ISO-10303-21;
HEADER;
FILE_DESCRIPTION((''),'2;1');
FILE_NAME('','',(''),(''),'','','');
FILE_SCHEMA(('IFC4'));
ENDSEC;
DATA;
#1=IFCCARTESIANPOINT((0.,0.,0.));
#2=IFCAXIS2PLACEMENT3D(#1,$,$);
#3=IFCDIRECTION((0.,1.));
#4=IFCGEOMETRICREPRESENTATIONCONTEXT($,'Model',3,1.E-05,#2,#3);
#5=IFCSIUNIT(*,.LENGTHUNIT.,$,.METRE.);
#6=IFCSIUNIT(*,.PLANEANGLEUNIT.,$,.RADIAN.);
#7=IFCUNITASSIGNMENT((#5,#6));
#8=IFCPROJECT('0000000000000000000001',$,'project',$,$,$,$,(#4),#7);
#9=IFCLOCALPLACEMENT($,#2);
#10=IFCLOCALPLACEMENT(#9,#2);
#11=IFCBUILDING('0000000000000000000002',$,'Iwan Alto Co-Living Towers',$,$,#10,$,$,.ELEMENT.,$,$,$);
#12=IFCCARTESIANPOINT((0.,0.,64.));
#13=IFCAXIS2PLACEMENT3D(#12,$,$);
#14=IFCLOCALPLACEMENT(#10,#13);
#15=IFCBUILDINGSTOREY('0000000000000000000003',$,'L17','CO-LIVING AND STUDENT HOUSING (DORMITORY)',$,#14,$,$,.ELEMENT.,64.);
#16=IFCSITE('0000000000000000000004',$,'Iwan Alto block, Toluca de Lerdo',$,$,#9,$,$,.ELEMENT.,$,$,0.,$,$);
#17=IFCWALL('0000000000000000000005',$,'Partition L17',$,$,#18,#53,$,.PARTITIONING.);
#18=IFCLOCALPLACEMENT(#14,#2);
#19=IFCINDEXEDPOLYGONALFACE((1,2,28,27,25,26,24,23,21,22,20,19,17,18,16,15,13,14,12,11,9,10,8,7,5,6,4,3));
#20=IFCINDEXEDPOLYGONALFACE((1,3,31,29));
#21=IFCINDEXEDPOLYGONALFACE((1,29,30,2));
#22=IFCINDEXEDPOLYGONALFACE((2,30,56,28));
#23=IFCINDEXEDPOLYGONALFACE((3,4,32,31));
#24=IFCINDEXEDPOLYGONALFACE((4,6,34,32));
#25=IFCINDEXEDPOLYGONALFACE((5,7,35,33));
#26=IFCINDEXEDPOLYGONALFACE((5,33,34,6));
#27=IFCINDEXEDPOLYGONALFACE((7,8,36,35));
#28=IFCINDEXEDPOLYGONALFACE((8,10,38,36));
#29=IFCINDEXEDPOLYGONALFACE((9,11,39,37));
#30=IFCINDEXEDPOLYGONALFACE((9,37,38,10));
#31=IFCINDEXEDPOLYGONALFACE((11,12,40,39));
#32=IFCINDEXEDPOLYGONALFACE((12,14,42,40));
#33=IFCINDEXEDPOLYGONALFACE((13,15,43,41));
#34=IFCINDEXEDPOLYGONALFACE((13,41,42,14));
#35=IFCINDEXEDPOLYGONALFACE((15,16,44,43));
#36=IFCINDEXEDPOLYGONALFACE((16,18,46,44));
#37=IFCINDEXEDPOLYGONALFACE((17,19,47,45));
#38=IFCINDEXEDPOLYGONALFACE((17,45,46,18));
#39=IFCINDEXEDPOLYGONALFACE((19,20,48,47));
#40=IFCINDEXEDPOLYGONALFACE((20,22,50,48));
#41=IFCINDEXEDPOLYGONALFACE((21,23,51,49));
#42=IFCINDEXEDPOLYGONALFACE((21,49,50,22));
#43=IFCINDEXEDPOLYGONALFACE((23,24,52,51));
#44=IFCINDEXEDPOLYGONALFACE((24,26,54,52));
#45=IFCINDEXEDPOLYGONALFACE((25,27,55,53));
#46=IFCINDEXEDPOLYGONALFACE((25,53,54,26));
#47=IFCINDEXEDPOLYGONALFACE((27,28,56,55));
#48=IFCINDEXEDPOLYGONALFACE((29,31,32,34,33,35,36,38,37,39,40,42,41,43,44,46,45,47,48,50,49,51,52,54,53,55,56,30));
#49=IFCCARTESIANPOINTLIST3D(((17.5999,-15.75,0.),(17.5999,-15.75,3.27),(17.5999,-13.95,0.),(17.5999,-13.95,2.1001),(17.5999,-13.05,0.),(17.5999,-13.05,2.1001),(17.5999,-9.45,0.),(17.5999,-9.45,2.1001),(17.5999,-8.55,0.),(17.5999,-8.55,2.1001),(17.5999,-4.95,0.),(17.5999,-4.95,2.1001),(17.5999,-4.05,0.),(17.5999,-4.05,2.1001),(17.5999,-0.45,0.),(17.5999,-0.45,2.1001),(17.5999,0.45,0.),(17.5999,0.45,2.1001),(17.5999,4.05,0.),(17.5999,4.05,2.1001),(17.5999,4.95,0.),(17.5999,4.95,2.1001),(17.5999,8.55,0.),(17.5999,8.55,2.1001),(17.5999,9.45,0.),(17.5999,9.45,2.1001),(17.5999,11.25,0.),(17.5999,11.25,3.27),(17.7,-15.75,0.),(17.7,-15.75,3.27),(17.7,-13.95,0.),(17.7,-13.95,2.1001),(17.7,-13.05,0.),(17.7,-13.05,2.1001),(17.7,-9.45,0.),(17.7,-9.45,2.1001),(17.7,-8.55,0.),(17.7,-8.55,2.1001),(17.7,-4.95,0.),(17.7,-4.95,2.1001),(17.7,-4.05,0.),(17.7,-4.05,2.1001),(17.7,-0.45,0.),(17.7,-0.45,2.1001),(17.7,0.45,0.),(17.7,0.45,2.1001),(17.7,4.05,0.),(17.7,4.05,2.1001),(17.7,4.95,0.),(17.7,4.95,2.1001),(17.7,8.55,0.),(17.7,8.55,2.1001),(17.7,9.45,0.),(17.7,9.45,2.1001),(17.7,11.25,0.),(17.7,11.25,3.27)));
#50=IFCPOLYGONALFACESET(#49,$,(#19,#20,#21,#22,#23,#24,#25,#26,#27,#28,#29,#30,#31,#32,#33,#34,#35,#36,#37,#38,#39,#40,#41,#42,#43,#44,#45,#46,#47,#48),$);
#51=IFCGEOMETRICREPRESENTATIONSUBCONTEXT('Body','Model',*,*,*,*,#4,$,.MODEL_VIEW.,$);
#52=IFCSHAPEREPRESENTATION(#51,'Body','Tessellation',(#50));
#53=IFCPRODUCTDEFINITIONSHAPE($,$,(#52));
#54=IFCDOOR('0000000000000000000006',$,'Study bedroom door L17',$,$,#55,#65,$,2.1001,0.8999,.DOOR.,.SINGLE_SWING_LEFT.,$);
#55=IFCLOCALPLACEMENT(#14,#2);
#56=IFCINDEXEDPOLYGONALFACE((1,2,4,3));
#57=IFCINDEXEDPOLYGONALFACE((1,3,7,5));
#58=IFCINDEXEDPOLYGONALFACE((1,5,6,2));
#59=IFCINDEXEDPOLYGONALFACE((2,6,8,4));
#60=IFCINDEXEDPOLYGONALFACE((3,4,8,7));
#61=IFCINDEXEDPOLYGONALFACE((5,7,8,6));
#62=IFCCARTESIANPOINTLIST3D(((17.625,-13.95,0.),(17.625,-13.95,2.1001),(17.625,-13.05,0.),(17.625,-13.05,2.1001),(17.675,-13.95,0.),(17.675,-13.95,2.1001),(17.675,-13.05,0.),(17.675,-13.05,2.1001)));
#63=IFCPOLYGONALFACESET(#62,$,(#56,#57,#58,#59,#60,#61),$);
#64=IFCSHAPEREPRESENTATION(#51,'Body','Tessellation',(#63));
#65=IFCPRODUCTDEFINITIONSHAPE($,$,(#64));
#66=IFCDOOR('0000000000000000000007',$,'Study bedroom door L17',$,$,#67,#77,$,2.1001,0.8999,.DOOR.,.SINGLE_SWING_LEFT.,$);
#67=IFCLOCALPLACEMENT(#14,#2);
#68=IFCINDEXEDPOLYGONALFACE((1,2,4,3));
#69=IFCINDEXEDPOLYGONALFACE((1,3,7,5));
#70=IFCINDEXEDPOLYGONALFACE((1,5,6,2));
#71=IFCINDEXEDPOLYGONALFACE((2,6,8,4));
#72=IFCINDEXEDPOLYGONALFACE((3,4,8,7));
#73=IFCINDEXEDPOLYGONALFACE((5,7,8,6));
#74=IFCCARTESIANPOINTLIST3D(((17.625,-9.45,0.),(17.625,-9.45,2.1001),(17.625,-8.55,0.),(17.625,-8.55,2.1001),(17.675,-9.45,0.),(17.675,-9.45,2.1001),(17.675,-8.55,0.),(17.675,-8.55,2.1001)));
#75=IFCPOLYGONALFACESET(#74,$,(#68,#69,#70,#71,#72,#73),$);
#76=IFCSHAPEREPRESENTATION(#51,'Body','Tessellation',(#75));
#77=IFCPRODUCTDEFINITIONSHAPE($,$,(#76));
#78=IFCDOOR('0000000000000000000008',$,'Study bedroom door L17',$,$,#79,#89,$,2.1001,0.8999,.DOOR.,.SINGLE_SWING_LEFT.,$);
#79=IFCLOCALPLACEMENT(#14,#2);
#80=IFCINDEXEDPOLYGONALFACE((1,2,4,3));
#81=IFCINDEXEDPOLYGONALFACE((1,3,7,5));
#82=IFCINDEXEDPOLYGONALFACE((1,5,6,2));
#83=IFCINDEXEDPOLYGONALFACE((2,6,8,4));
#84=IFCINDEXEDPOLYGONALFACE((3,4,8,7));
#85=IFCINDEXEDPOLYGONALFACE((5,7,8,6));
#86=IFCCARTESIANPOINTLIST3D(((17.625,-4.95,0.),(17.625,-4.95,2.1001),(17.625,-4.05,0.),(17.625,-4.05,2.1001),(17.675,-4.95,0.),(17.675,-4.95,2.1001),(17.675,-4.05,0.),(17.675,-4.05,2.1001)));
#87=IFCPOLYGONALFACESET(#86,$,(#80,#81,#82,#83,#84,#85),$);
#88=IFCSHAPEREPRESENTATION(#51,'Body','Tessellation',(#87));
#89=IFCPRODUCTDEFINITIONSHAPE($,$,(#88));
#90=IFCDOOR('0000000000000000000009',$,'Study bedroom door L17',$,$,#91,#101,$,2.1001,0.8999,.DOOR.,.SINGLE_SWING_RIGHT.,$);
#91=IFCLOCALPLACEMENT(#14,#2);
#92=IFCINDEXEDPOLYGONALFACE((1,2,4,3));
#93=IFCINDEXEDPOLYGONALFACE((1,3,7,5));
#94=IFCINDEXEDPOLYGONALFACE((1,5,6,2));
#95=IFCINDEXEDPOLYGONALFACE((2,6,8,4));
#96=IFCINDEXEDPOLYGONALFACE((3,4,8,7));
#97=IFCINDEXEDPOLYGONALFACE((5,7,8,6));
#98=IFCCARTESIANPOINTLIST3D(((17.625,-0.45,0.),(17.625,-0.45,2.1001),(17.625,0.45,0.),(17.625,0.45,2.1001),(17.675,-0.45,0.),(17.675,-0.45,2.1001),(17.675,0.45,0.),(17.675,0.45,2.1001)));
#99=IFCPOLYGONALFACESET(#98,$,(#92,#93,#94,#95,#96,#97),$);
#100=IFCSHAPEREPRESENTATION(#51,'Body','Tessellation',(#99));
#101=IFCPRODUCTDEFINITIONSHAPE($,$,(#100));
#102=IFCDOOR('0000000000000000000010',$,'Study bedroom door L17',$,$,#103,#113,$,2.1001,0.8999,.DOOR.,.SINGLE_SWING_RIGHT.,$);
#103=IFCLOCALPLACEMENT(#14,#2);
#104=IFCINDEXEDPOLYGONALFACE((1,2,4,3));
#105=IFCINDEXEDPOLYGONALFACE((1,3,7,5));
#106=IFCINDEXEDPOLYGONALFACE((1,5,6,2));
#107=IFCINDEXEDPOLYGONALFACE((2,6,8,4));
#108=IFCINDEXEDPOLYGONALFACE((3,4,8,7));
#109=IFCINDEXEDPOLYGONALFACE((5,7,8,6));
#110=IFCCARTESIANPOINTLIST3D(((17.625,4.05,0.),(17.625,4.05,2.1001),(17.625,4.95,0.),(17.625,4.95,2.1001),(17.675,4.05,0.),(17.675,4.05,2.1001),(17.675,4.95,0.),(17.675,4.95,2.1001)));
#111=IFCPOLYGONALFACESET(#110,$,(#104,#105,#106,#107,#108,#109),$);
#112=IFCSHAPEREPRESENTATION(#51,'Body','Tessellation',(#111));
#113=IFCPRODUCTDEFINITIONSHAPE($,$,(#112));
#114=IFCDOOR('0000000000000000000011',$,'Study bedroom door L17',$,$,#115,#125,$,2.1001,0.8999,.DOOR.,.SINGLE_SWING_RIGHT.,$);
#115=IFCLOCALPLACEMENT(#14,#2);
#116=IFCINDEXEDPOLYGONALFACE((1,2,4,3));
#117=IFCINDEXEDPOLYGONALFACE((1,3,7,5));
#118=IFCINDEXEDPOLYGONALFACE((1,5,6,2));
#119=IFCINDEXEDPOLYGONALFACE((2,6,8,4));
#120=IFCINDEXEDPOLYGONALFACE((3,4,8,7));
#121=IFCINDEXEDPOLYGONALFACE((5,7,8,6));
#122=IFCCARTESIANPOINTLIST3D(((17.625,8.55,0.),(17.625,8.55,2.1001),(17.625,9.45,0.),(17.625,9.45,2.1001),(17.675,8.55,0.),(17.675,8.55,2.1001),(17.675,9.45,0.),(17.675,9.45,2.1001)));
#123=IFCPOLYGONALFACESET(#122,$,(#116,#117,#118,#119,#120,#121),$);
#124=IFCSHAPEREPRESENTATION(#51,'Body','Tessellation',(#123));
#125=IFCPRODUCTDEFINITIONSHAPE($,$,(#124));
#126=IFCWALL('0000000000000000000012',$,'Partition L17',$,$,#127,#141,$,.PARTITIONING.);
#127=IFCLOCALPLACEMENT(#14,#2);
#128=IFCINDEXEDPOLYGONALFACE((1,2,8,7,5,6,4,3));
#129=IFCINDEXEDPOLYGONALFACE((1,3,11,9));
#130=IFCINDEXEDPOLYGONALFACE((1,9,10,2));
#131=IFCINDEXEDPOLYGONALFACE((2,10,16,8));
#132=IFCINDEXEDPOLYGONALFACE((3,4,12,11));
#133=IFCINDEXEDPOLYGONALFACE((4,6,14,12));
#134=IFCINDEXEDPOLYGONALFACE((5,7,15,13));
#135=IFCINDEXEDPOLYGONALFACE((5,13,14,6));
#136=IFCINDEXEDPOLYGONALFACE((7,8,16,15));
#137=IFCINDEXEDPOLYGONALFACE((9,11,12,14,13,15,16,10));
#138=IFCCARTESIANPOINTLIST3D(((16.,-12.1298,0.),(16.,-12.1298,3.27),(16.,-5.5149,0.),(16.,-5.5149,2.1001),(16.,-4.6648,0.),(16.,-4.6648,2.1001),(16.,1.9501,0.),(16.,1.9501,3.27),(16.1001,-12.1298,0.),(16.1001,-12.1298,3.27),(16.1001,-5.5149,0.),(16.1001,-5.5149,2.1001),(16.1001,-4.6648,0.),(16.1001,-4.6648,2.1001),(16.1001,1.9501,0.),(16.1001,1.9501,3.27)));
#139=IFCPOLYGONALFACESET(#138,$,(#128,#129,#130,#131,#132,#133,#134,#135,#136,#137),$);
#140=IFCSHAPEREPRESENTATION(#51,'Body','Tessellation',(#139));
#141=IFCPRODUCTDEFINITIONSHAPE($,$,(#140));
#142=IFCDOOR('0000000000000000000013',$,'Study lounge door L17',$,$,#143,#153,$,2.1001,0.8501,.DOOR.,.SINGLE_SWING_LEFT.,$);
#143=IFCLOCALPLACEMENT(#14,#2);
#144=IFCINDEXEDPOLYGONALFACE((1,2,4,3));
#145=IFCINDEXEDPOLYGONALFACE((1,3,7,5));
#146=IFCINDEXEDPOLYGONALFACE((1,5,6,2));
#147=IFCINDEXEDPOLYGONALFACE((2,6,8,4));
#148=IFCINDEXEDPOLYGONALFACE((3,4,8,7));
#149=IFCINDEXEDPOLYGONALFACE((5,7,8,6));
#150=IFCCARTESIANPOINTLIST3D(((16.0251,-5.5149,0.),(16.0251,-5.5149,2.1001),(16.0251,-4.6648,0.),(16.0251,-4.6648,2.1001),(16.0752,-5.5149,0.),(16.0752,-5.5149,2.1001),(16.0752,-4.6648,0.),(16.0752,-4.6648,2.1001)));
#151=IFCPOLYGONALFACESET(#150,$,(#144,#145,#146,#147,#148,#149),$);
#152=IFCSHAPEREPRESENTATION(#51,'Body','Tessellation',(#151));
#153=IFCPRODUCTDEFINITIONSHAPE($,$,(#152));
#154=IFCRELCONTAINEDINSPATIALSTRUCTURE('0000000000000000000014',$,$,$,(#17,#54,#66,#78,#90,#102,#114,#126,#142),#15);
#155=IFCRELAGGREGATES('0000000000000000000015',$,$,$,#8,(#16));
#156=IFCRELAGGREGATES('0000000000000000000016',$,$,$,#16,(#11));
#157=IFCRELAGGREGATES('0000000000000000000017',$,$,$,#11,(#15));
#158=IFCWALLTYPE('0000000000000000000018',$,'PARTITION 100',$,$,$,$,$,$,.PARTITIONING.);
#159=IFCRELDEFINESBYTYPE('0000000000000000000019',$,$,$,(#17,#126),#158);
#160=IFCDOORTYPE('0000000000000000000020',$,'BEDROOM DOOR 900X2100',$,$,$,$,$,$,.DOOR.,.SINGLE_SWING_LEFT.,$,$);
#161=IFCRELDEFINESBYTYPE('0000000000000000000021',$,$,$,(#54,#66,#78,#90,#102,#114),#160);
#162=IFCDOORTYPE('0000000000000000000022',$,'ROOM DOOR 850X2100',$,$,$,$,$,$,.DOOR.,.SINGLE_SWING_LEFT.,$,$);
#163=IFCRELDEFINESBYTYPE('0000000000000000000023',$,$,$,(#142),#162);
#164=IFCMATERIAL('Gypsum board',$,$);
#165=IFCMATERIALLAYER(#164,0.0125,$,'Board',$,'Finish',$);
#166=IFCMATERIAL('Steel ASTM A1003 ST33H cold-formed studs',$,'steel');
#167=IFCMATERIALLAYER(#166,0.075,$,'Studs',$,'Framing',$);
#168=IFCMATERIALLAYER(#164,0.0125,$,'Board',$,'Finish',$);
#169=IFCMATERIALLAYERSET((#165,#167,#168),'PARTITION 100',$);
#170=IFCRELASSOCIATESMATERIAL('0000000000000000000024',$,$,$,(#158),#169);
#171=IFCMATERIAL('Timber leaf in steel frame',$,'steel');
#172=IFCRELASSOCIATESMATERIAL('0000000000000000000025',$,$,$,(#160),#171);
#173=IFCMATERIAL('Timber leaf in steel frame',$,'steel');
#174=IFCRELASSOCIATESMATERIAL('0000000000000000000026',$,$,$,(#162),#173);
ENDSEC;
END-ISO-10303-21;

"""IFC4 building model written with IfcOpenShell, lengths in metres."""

from ifc_helpers import new_model, si_unit, direction, frame, frame_2d, origin, place, context, subcontext, project, spatial, rectangle, extrude, material, layer, layer_set, type_object, element, fill, save


model = new_model("IFC4")

# Units and contexts
model_context = context("Model", 3, precision=1e-05, world=origin(), true_north=direction((0.0, 1.0)))
body_context = subcontext(model_context, "Body", "Model", "MODEL_VIEW")
ifc_project = project(units=[si_unit("LENGTHUNIT", "METRE"), si_unit("PLANEANGLEUNIT", "RADIAN")], contexts=[model_context])

# Site, building, storey
site_placement = place(None, origin())
site = spatial("IfcSite", under=ifc_project, at=site_placement, Name="Iwan Alto block, Toluca de Lerdo", CompositionType="ELEMENT", RefElevation=0.0)
building_placement = place(site_placement, origin())
building = spatial("IfcBuilding", under=site, at=building_placement, Name="Iwan Alto Co-Living Towers", CompositionType="ELEMENT")
storey_placement = place(building_placement, frame((0.0, 0.0, 64.0)))
storey = spatial("IfcBuildingStorey", under=building, at=storey_placement, Name="L17", Description="CO-LIVING AND STUDENT HOUSING (DORMITORY)", CompositionType="ELEMENT", Elevation=64.0)

# Shared definitions
ifc_material_1 = material(Name="Gypsum board")
ifc_layer_1 = layer(ifc_material_1, 0.0125, Name="Board", Category="Finish")
ifc_material_2 = material(Name="Steel ASTM A1003 ST33H cold-formed studs", Category="steel")
ifc_layer_2 = layer(ifc_material_2, 0.075, Name="Studs", Category="Framing")
ifc_layer_3 = layer(ifc_material_1, 0.0125, Name="Board", Category="Finish")
ifc_layer_set_1 = layer_set([ifc_layer_1, ifc_layer_2, ifc_layer_3], Name="PARTITION 100")
wall_type = type_object("IfcWallType", Name="PARTITION 100", PredefinedType="PARTITIONING", material=ifc_layer_set_1)

# Wall, openings, doors
wall_1_placement = place(storey_placement, frame((17.6499, -15.75, 0.0), z_axis=(0.0, 0.0, 1.0), x_axis=(0.0, 1.0, 0.0)))
wall_1 = element("IfcWall", 1, at=wall_1_placement, inside=storey, type_object=wall_type, Name="Partition L17", PredefinedType="PARTITIONING", context=body_context, shape_type="SweptSolid", body=[
    extrude(rectangle(XDim=27.0, YDim=0.1001, at=frame_2d((13.5, 0.0))), origin(), (0.0, 0.0, 1.0), 3.27),
])
opening_1_placement = place(wall_1_placement, frame((1.8, 0.0, 0.0)))
opening_1 = element("IfcOpeningElement", 2, at=opening_1_placement, cuts=wall_1, PredefinedType="OPENING", context=body_context, shape_type="SweptSolid", body=[
    extrude(rectangle(XDim=0.8999, YDim=2.1001, at=frame_2d((0.45, 1.05))), frame((0.0, 0.0601, 0.0), z_axis=(0.0, -1.0, 0.0), x_axis=(1.0, 0.0, 0.0)), (0.0, 0.0, 1.0), 0.1201),
])
opening_2_placement = place(wall_1_placement, frame((6.3, 0.0, 0.0)))
opening_2 = element("IfcOpeningElement", 3, at=opening_2_placement, cuts=wall_1, PredefinedType="OPENING", context=body_context, shape_type="SweptSolid", body=[
    extrude(rectangle(XDim=0.8999, YDim=2.1001, at=frame_2d((0.45, 1.05))), frame((0.0, 0.0601, 0.0), z_axis=(0.0, -1.0, 0.0), x_axis=(1.0, 0.0, 0.0)), (0.0, 0.0, 1.0), 0.1201),
])
opening_3_placement = place(wall_1_placement, frame((10.8, 0.0, 0.0)))
opening_3 = element("IfcOpeningElement", 4, at=opening_3_placement, cuts=wall_1, PredefinedType="OPENING", context=body_context, shape_type="SweptSolid", body=[
    extrude(rectangle(XDim=0.8999, YDim=2.1001, at=frame_2d((0.45, 1.05))), frame((0.0, 0.0601, 0.0), z_axis=(0.0, -1.0, 0.0), x_axis=(1.0, 0.0, 0.0)), (0.0, 0.0, 1.0), 0.1201),
])
opening_4_placement = place(wall_1_placement, frame((15.3, 0.0, 0.0)))
opening_4 = element("IfcOpeningElement", 5, at=opening_4_placement, cuts=wall_1, PredefinedType="OPENING", context=body_context, shape_type="SweptSolid", body=[
    extrude(rectangle(XDim=0.8999, YDim=2.1001, at=frame_2d((0.45, 1.05))), frame((0.0, 0.0601, 0.0), z_axis=(0.0, -1.0, 0.0), x_axis=(1.0, 0.0, 0.0)), (0.0, 0.0, 1.0), 0.1201),
])
opening_5_placement = place(wall_1_placement, frame((19.8, 0.0, 0.0)))
opening_5 = element("IfcOpeningElement", 6, at=opening_5_placement, cuts=wall_1, PredefinedType="OPENING", context=body_context, shape_type="SweptSolid", body=[
    extrude(rectangle(XDim=0.8999, YDim=2.1001, at=frame_2d((0.45, 1.05))), frame((0.0, 0.0601, 0.0), z_axis=(0.0, -1.0, 0.0), x_axis=(1.0, 0.0, 0.0)), (0.0, 0.0, 1.0), 0.1201),
])
opening_6_placement = place(wall_1_placement, frame((24.3, 0.0, 0.0)))
opening_6 = element("IfcOpeningElement", 7, at=opening_6_placement, cuts=wall_1, PredefinedType="OPENING", context=body_context, shape_type="SweptSolid", body=[
    extrude(rectangle(XDim=0.8999, YDim=2.1001, at=frame_2d((0.45, 1.05))), frame((0.0, 0.0601, 0.0), z_axis=(0.0, -1.0, 0.0), x_axis=(1.0, 0.0, 0.0)), (0.0, 0.0, 1.0), 0.1201),
])
ifc_material_3 = material(Name="Timber leaf in steel frame", Category="steel")
door_type_1 = type_object("IfcDoorType", Name="BEDROOM DOOR 900X2100", OperationType="SINGLE_SWING_LEFT", PredefinedType="DOOR", material=ifc_material_3)
door_1_placement = place(opening_1_placement, origin())
door_1 = element("IfcDoor", 8, at=door_1_placement, inside=storey, type_object=door_type_1, Name="Study bedroom door L17", OperationType="SINGLE_SWING_LEFT", OverallHeight=2.1001, OverallWidth=0.8999, PredefinedType="DOOR", context=body_context, shape_type="SweptSolid", body=[
    extrude(rectangle(XDim=0.8999, YDim=2.1001, at=frame_2d((0.45, 1.05))), frame((0.0, 0.0249, 0.0), z_axis=(0.0, -1.0, 0.0), x_axis=(1.0, 0.0, 0.0)), (0.0, 0.0, 1.0), 0.05),
])
fill(opening_1, door_1)
door_2_placement = place(opening_2_placement, origin())
door_2 = element("IfcDoor", 9, at=door_2_placement, inside=storey, type_object=door_type_1, Name="Study bedroom door L17", OperationType="SINGLE_SWING_LEFT", OverallHeight=2.1001, OverallWidth=0.8999, PredefinedType="DOOR", context=body_context, shape_type="SweptSolid", body=[
    extrude(rectangle(XDim=0.8999, YDim=2.1001, at=frame_2d((0.45, 1.05))), frame((0.0, 0.0249, 0.0), z_axis=(0.0, -1.0, 0.0), x_axis=(1.0, 0.0, 0.0)), (0.0, 0.0, 1.0), 0.05),
])
fill(opening_2, door_2)
door_3_placement = place(opening_3_placement, origin())
door_3 = element("IfcDoor", 10, at=door_3_placement, inside=storey, type_object=door_type_1, Name="Study bedroom door L17", OperationType="SINGLE_SWING_LEFT", OverallHeight=2.1001, OverallWidth=0.8999, PredefinedType="DOOR", context=body_context, shape_type="SweptSolid", body=[
    extrude(rectangle(XDim=0.8999, YDim=2.1001, at=frame_2d((0.45, 1.05))), frame((0.0, 0.0249, 0.0), z_axis=(0.0, -1.0, 0.0), x_axis=(1.0, 0.0, 0.0)), (0.0, 0.0, 1.0), 0.05),
])
fill(opening_3, door_3)
door_4_placement = place(opening_4_placement, origin())
door_4 = element("IfcDoor", 11, at=door_4_placement, inside=storey, type_object=door_type_1, Name="Study bedroom door L17", OperationType="SINGLE_SWING_RIGHT", OverallHeight=2.1001, OverallWidth=0.8999, PredefinedType="DOOR", context=body_context, shape_type="SweptSolid", body=[
    extrude(rectangle(XDim=0.8999, YDim=2.1001, at=frame_2d((0.45, 1.05))), frame((0.0, 0.0249, 0.0), z_axis=(0.0, -1.0, 0.0), x_axis=(1.0, 0.0, 0.0)), (0.0, 0.0, 1.0), 0.05),
])
fill(opening_4, door_4)
door_5_placement = place(opening_5_placement, origin())
door_5 = element("IfcDoor", 12, at=door_5_placement, inside=storey, type_object=door_type_1, Name="Study bedroom door L17", OperationType="SINGLE_SWING_RIGHT", OverallHeight=2.1001, OverallWidth=0.8999, PredefinedType="DOOR", context=body_context, shape_type="SweptSolid", body=[
    extrude(rectangle(XDim=0.8999, YDim=2.1001, at=frame_2d((0.45, 1.05))), frame((0.0, 0.0249, 0.0), z_axis=(0.0, -1.0, 0.0), x_axis=(1.0, 0.0, 0.0)), (0.0, 0.0, 1.0), 0.05),
])
fill(opening_5, door_5)
door_6_placement = place(opening_6_placement, origin())
door_6 = element("IfcDoor", 13, at=door_6_placement, inside=storey, type_object=door_type_1, Name="Study bedroom door L17", OperationType="SINGLE_SWING_RIGHT", OverallHeight=2.1001, OverallWidth=0.8999, PredefinedType="DOOR", context=body_context, shape_type="SweptSolid", body=[
    extrude(rectangle(XDim=0.8999, YDim=2.1001, at=frame_2d((0.45, 1.05))), frame((0.0, 0.0249, 0.0), z_axis=(0.0, -1.0, 0.0), x_axis=(1.0, 0.0, 0.0)), (0.0, 0.0, 1.0), 0.05),
])
fill(opening_6, door_6)

# Wall, opening, door
wall_2_placement = place(storey_placement, frame((16.05, -12.1299, 0.0), z_axis=(0.0, 0.0, 1.0), x_axis=(0.0, 1.0, 0.0)))
wall_2 = element("IfcWall", 14, at=wall_2_placement, inside=storey, type_object=wall_type, Name="Partition L17", PredefinedType="PARTITIONING", context=body_context, shape_type="SweptSolid", body=[
    extrude(rectangle(XDim=14.0798, YDim=0.1001, at=frame_2d((7.04, 0.0))), origin(), (0.0, 0.0, 1.0), 3.27),
])
opening_7_placement = place(wall_2_placement, frame((6.615, 0.0, 0.0)))
opening_7 = element("IfcOpeningElement", 15, at=opening_7_placement, cuts=wall_2, PredefinedType="OPENING", context=body_context, shape_type="SweptSolid", body=[
    extrude(rectangle(XDim=0.8501, YDim=2.1001, at=frame_2d((0.425, 1.05))), frame((0.0, 0.0601, 0.0), z_axis=(0.0, -1.0, 0.0), x_axis=(1.0, 0.0, 0.0)), (0.0, 0.0, 1.0), 0.1201),
])
ifc_material_4 = material(Name="Timber leaf in steel frame", Category="steel")
door_type_2 = type_object("IfcDoorType", Name="ROOM DOOR 850X2100", OperationType="SINGLE_SWING_LEFT", PredefinedType="DOOR", material=ifc_material_4)
door_7_placement = place(opening_7_placement, origin())
door_7 = element("IfcDoor", 16, at=door_7_placement, inside=storey, type_object=door_type_2, Name="Study lounge door L17", OperationType="SINGLE_SWING_LEFT", OverallHeight=2.1001, OverallWidth=0.8501, PredefinedType="DOOR", context=body_context, shape_type="SweptSolid", body=[
    extrude(rectangle(XDim=0.8501, YDim=2.1001, at=frame_2d((0.425, 1.05))), frame((0.0, 0.0249, 0.0), z_axis=(0.0, -1.0, 0.0), x_axis=(1.0, 0.0, 0.0)), (0.0, 0.0, 1.0), 0.05),
])
fill(opening_7, door_7)

save(model, "model.ifc")
